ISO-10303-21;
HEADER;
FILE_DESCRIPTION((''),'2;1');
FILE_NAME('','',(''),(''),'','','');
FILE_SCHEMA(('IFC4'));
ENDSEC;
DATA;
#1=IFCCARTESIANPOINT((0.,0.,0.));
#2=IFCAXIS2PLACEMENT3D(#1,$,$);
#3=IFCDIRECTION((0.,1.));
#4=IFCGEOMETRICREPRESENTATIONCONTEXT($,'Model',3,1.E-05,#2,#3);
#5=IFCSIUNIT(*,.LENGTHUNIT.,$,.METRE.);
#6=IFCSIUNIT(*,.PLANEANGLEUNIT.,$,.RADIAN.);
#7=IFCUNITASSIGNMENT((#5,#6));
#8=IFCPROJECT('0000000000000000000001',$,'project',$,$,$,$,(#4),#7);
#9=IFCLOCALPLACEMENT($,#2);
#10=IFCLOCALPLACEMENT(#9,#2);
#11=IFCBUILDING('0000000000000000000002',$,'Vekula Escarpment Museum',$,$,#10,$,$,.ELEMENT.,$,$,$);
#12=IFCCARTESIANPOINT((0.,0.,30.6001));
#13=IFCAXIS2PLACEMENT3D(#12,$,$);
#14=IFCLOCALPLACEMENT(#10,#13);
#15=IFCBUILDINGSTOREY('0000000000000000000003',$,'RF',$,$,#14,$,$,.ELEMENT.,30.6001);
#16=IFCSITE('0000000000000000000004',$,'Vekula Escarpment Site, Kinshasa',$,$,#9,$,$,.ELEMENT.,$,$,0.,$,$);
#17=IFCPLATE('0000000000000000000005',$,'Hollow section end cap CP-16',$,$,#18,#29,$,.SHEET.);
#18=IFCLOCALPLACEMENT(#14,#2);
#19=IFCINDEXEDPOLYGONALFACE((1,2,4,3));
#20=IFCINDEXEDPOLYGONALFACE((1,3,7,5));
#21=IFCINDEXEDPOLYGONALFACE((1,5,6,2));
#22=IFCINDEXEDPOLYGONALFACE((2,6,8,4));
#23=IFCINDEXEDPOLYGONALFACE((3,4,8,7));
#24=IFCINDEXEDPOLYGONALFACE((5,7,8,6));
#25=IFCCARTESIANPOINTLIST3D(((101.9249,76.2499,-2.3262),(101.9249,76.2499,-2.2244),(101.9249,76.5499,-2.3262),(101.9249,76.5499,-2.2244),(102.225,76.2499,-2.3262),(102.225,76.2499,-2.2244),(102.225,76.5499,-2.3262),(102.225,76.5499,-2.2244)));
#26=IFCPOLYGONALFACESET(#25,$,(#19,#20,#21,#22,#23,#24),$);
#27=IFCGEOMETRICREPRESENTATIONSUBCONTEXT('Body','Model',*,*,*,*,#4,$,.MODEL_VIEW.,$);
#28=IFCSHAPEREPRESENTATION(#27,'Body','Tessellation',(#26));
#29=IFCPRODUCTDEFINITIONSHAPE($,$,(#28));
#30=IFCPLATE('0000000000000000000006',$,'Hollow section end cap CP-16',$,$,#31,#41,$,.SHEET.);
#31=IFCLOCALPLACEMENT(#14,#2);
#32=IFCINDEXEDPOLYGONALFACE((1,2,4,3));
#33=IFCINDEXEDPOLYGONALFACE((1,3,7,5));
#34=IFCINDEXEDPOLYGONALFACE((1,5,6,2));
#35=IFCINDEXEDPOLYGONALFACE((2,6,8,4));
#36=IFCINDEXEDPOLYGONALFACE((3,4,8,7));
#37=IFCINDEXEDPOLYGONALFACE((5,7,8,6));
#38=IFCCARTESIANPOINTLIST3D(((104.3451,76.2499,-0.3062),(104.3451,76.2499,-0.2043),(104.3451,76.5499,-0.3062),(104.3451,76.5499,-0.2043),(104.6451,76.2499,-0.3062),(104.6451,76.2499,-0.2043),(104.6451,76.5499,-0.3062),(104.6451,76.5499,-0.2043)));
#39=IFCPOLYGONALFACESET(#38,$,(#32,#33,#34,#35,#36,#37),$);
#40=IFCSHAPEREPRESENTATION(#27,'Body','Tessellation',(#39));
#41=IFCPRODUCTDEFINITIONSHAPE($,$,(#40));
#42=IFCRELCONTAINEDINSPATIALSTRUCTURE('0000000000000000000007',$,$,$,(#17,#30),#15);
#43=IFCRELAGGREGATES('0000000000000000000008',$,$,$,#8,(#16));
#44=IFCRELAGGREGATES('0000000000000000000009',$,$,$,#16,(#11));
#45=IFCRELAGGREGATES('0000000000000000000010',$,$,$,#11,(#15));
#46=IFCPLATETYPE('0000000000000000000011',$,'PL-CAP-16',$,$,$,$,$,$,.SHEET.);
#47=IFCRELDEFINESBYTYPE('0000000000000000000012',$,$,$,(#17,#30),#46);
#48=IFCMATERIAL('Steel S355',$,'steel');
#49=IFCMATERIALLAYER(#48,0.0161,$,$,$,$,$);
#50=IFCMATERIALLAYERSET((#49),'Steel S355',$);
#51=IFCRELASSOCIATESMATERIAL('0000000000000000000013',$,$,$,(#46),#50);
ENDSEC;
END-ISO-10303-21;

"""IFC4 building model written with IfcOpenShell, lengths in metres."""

from ifc_helpers import new_model, si_unit, direction, frame, origin, origin_2d, place, context, subcontext, project, spatial, rectangle, extrude, material, layer, layer_set, type_object, element, save


model = new_model("IFC4")

# Units and contexts
model_context = context("Model", 3, precision=1e-05, world=origin(), true_north=direction((0.0, 1.0)))
body_context = subcontext(model_context, "Body", "Model", "MODEL_VIEW")
ifc_project = project(units=[si_unit("LENGTHUNIT", "METRE"), si_unit("PLANEANGLEUNIT", "RADIAN")], contexts=[model_context])

# Site, building, storey
site_placement = place(None, origin())
site = spatial("IfcSite", under=ifc_project, at=site_placement, Name="Vekula Escarpment Site, Kinshasa", CompositionType="ELEMENT", RefElevation=0.0)
building_placement = place(site_placement, origin())
building = spatial("IfcBuilding", under=site, at=building_placement, Name="Vekula Escarpment Museum", CompositionType="ELEMENT")
storey_placement = place(building_placement, frame((0.0, 0.0, 30.6001)))
storey = spatial("IfcBuildingStorey", under=building, at=storey_placement, Name="RF", CompositionType="ELEMENT", Elevation=30.6001)

# Plates
ifc_material_1 = material(Name="Steel S355", Category="steel")
ifc_layer = layer(ifc_material_1, 0.0161)
ifc_layer_set = layer_set([ifc_layer], Name="Steel S355")
plate_type = type_object("IfcPlateType", Name="PL-CAP-16", PredefinedType="SHEET", material=ifc_layer_set)
for number, where, z_axis, x_axis, name in (
    (1, (102.075, 76.3999, -2.3262), (0.0, 0.0, 1.0), (1.0, 0.0, 0.0), "Hollow section end cap CP-16"),
    (2, (104.4951, 76.3999, -0.3062), (0.0, 0.0, 1.0), (1.0, 0.0, 0.0), "Hollow section end cap CP-16"),
):
    element("IfcPlate", number, at=place(storey_placement, frame(where, z_axis=z_axis, x_axis=x_axis)), inside=storey, type_object=plate_type, Name=name, PredefinedType="SHEET", context=body_context, shape_type="SweptSolid", body=[
        extrude(rectangle(XDim=0.3, YDim=0.3, at=origin_2d()), origin(), (0.0, 0.0, 1.0), 0.1018),
    ])

save(model, "model.ifc")
